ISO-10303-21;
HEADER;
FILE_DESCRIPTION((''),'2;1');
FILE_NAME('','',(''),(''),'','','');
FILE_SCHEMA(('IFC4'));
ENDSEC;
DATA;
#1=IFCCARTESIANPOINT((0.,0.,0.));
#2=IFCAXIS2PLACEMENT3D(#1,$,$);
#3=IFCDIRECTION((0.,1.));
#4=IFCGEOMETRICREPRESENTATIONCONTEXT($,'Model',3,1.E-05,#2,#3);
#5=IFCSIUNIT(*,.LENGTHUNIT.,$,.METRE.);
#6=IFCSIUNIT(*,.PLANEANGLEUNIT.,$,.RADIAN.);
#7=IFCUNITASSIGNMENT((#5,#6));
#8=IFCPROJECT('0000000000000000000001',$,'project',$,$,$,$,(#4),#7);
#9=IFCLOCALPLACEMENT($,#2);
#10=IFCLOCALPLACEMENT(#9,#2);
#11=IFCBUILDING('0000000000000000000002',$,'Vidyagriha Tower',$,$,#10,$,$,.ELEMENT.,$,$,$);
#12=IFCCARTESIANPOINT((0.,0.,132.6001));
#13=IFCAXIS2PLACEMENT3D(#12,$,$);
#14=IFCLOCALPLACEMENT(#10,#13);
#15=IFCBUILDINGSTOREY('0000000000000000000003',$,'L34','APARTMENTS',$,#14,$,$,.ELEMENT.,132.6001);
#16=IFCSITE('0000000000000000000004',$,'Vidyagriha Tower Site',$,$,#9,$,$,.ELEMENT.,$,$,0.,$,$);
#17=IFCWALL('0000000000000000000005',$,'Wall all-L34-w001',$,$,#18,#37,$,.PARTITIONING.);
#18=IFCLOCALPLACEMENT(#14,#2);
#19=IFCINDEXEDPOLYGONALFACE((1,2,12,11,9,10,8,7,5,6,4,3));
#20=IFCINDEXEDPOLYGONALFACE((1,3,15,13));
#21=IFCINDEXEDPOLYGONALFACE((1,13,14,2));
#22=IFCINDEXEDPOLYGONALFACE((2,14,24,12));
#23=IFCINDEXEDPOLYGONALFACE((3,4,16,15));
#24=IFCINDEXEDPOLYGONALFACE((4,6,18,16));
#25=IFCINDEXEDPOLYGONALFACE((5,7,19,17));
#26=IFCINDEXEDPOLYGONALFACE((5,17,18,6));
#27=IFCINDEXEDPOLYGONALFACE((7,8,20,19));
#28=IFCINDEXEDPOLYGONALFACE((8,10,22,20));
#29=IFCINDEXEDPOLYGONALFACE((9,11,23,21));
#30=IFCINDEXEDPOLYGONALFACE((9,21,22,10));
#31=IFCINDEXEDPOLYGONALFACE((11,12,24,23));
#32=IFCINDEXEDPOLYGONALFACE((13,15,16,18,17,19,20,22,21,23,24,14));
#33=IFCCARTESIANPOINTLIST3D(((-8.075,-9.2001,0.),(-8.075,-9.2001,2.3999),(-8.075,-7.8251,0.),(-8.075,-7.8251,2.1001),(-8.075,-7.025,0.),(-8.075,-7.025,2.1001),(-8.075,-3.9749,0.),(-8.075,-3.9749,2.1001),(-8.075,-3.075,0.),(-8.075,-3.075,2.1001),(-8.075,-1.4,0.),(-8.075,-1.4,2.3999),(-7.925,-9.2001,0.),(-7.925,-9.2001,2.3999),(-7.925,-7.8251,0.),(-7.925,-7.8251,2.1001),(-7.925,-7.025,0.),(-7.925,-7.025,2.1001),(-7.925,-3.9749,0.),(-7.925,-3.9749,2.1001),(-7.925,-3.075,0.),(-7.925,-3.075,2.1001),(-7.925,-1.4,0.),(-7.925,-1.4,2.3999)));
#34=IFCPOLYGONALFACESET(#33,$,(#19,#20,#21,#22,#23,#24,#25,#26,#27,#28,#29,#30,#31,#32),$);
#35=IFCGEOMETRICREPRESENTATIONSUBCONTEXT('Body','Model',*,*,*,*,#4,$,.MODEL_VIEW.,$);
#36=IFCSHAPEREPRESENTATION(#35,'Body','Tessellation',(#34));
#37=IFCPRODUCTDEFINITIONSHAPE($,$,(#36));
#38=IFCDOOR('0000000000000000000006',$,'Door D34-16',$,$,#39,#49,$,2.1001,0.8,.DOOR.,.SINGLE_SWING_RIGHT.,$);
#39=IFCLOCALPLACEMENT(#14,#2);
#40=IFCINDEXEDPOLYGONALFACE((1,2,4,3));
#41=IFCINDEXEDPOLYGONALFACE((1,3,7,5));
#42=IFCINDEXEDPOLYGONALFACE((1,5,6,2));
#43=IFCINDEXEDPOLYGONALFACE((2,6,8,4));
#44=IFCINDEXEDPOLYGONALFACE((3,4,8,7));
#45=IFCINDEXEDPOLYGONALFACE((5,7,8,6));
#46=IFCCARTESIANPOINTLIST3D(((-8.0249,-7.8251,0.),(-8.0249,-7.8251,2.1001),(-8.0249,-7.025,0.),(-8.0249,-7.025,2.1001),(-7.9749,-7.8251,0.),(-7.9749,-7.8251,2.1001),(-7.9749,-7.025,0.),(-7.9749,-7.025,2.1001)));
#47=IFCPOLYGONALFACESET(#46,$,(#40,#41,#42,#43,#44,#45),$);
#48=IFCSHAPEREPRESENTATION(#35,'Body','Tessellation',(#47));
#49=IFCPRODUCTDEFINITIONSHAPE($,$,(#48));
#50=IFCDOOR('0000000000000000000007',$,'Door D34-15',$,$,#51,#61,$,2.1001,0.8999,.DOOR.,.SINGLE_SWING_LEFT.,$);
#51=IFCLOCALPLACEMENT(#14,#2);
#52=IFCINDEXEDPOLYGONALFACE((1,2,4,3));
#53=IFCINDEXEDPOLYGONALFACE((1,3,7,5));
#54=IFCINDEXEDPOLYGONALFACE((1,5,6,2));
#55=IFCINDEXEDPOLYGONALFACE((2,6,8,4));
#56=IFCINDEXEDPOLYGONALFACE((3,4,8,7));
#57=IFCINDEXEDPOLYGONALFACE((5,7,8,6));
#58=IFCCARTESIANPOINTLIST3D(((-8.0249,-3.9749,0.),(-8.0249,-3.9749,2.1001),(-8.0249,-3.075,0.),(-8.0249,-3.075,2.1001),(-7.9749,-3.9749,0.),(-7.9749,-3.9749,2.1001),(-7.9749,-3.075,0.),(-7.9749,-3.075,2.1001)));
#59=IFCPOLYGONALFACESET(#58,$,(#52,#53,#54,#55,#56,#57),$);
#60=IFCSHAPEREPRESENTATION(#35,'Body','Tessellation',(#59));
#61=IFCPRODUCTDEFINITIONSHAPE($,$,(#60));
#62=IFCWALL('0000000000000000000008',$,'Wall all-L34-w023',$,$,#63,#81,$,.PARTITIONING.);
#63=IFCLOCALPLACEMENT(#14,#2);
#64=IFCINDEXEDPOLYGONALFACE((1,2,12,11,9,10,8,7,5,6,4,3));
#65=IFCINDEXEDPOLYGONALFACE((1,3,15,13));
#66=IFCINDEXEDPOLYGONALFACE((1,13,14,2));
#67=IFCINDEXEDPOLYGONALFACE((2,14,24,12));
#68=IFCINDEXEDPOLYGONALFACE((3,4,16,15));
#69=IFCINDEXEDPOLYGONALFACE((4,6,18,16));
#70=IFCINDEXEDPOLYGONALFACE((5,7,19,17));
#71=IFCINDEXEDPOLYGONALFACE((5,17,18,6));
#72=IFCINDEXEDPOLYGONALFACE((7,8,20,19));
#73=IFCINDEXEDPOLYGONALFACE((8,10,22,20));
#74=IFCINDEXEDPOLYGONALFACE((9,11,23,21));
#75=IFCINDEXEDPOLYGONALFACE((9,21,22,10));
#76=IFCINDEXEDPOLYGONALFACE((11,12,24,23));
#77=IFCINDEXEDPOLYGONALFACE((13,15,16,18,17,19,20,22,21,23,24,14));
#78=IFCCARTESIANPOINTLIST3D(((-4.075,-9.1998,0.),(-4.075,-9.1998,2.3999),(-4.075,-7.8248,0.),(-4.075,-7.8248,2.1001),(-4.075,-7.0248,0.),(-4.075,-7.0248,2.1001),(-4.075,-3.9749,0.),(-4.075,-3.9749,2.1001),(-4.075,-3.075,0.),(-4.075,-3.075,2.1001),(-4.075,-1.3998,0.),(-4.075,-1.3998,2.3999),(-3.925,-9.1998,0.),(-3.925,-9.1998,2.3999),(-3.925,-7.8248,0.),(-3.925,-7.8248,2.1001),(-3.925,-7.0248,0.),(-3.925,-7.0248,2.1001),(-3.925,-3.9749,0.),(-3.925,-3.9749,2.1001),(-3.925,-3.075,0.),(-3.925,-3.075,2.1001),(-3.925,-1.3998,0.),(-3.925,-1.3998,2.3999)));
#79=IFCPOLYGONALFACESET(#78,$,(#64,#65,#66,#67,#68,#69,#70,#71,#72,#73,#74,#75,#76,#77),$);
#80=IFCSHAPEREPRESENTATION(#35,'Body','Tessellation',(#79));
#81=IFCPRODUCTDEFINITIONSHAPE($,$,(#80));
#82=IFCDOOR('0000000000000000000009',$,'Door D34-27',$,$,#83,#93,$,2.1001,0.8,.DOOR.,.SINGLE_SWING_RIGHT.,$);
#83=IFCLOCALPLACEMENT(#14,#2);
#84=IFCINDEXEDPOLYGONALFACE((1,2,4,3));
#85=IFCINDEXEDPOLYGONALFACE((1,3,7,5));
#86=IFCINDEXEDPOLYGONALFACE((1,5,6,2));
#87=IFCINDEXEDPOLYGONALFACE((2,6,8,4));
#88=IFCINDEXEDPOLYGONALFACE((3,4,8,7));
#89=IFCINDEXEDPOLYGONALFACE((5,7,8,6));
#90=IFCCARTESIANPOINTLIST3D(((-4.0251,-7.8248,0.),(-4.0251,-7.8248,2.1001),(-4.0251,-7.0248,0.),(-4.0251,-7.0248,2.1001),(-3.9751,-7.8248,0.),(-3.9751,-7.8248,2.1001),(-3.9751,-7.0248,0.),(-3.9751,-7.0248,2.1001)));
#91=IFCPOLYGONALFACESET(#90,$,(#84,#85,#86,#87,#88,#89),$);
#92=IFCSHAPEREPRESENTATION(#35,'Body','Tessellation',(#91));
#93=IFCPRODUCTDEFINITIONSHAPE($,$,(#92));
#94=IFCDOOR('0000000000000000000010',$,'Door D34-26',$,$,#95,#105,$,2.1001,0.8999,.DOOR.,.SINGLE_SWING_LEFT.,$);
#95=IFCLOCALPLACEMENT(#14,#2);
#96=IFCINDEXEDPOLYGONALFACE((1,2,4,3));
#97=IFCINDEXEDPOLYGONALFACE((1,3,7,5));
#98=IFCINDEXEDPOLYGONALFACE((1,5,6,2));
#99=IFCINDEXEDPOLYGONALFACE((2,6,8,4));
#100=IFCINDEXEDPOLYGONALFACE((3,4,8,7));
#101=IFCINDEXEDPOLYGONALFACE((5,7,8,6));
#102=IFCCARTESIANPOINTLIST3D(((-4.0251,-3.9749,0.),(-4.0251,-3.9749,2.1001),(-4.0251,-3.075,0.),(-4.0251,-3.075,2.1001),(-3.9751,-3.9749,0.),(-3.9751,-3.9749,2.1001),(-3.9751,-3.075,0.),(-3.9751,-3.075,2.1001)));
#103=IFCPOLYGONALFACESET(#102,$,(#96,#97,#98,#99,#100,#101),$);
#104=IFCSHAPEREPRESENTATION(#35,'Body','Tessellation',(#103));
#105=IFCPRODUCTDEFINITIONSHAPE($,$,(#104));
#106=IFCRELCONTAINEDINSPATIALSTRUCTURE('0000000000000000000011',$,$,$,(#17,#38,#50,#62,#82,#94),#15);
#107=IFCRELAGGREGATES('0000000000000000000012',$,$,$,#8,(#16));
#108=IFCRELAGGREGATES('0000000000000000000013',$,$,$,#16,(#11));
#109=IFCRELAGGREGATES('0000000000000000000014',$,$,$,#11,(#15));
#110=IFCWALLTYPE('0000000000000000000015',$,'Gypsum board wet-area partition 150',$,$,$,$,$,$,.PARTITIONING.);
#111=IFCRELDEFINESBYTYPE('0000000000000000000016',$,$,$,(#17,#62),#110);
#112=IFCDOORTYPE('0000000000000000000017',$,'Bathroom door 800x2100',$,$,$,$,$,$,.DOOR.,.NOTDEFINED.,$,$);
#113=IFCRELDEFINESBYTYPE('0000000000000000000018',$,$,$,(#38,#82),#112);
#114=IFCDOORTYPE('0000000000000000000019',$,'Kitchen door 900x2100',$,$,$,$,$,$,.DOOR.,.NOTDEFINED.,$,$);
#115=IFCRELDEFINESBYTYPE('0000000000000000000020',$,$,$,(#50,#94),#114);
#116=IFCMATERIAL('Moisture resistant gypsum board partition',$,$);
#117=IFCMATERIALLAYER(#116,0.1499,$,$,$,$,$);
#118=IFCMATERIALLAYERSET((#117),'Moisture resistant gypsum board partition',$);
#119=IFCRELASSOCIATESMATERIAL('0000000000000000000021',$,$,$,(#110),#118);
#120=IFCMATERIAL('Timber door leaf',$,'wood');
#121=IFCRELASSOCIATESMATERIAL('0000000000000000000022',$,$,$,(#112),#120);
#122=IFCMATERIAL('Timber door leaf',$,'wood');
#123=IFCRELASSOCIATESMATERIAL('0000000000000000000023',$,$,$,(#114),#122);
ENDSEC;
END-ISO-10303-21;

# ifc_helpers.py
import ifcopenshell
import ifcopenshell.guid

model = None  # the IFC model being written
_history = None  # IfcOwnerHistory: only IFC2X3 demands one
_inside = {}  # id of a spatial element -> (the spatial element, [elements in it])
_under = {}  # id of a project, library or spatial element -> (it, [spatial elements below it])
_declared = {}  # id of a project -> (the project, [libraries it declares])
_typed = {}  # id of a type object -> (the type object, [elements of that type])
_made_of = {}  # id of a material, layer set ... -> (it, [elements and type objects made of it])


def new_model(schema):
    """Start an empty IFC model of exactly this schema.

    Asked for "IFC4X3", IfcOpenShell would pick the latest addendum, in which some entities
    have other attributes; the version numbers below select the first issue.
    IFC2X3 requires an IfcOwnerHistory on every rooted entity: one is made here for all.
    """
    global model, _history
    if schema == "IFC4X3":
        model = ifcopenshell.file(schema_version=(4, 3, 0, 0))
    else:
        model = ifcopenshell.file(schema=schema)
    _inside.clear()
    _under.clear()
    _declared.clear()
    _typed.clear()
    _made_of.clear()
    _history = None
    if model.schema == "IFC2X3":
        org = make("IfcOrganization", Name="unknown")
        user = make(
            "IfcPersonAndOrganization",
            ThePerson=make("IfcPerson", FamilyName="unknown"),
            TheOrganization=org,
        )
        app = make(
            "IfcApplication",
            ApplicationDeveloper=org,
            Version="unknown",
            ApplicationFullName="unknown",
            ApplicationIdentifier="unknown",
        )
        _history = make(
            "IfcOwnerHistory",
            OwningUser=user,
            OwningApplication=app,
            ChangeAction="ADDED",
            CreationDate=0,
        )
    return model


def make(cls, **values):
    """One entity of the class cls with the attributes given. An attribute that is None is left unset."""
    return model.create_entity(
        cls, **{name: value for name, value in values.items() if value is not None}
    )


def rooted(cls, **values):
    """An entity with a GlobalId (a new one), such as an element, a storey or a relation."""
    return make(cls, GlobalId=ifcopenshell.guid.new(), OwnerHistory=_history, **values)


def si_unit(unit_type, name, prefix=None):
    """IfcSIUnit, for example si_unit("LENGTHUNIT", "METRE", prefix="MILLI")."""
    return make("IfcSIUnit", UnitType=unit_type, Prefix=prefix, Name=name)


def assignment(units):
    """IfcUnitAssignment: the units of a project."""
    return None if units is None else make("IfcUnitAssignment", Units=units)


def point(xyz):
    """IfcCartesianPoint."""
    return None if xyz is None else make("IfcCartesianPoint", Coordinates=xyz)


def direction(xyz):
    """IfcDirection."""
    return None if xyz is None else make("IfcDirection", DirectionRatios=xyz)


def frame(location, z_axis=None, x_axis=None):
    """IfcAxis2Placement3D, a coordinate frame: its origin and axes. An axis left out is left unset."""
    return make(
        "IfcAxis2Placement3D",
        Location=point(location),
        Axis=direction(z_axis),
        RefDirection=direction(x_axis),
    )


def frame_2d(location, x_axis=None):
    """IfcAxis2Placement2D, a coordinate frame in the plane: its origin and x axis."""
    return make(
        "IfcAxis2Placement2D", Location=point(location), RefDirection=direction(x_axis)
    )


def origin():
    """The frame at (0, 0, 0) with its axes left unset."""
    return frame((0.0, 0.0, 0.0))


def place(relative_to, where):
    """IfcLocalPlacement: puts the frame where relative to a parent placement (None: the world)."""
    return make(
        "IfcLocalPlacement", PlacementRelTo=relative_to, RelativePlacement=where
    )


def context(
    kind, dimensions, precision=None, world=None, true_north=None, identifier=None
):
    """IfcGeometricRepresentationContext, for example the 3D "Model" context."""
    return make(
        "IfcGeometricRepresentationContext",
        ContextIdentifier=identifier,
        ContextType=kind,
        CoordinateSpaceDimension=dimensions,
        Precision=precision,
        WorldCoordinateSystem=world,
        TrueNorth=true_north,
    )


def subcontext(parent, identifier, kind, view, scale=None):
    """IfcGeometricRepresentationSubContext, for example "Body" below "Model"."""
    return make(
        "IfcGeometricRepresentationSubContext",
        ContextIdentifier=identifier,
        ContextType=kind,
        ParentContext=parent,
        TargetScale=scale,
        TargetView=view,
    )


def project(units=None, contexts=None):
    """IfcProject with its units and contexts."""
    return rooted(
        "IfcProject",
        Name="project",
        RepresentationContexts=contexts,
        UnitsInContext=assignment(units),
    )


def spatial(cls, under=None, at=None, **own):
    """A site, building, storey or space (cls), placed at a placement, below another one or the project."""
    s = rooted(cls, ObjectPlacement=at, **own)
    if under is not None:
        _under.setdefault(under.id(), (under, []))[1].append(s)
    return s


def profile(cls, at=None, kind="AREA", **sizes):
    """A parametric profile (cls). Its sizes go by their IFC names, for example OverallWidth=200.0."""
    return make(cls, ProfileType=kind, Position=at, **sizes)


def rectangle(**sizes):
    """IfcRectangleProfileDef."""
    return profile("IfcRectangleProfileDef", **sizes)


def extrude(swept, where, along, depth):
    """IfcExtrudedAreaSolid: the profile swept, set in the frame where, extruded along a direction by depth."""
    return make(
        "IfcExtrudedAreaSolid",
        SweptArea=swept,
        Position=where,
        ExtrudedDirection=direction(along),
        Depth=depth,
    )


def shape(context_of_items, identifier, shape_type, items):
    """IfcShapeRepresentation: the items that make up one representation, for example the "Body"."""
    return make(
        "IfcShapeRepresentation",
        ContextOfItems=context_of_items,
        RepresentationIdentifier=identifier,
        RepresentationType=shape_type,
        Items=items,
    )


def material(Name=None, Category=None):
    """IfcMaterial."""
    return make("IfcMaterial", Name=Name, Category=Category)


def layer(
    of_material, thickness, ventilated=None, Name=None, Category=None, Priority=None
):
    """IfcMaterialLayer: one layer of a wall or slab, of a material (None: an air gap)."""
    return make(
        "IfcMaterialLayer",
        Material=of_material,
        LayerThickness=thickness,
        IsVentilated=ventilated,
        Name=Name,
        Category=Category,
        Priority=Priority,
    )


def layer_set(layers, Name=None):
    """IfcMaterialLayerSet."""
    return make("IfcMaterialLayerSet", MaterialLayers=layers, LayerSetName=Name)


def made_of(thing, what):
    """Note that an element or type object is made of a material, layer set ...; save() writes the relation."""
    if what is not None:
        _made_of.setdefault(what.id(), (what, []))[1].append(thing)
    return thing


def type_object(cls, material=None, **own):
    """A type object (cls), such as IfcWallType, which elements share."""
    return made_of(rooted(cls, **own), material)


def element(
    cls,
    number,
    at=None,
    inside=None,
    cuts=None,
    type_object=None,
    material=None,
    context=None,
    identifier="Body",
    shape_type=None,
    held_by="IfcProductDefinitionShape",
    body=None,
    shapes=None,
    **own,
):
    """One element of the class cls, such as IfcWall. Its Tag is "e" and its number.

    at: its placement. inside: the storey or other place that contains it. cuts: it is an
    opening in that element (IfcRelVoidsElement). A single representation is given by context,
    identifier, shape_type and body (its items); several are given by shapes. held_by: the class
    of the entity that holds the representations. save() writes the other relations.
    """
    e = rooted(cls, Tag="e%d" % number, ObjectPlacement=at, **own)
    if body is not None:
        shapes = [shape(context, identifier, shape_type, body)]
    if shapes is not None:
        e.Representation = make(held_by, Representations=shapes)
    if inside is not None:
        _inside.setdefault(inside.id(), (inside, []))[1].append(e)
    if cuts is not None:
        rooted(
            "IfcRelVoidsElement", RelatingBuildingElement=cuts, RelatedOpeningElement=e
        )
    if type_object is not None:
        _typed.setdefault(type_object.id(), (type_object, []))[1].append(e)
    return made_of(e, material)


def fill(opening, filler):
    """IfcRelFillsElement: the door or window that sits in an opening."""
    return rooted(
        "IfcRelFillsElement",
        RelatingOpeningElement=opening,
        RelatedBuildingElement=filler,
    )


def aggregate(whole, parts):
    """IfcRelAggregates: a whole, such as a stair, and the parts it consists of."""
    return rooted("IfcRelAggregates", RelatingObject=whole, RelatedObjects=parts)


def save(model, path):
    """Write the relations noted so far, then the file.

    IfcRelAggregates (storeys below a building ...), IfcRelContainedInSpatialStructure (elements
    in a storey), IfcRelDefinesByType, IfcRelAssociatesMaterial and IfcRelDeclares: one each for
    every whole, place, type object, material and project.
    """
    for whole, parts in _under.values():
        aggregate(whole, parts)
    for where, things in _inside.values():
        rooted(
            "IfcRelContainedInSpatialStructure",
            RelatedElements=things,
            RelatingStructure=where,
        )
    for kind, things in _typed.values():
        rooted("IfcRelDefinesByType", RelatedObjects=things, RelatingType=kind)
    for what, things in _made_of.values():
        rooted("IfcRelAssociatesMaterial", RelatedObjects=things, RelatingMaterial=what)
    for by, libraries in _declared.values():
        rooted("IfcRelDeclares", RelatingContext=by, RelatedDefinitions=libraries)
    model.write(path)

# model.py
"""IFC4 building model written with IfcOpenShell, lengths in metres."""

from ifc_helpers import new_model, si_unit, direction, frame, frame_2d, origin, place, context, subcontext, project, spatial, rectangle, extrude, material, layer, layer_set, type_object, element, fill, save


model = new_model("IFC4")

# Units and contexts
model_context = context("Model", 3, precision=1e-05, world=origin(), true_north=direction((0.0, 1.0)))
body_context = subcontext(model_context, "Body", "Model", "MODEL_VIEW")
ifc_project = project(units=[si_unit("LENGTHUNIT", "METRE"), si_unit("PLANEANGLEUNIT", "RADIAN")], contexts=[model_context])

# Site, building, storey
site_placement = place(None, origin())
site = spatial("IfcSite", under=ifc_project, at=site_placement, Name="Vidyagriha Tower Site", CompositionType="ELEMENT", RefElevation=0.0)
building_placement = place(site_placement, origin())
building = spatial("IfcBuilding", under=site, at=building_placement, Name="Vidyagriha Tower", CompositionType="ELEMENT")
storey_placement = place(building_placement, frame((0.0, 0.0, 132.6001)))
storey = spatial("IfcBuildingStorey", under=building, at=storey_placement, Name="L34", Description="APARTMENTS", CompositionType="ELEMENT", Elevation=132.6001)

# Walls, openings, doors
ifc_material_1 = material(Name="Moisture resistant gypsum board partition")
ifc_layer_1 = layer(ifc_material_1, 0.1499)
ifc_layer_set_1 = layer_set([ifc_layer_1], Name="Moisture resistant gypsum board partition")
wall_type_1 = type_object("IfcWallType", Name="Gypsum board wet-area partition 150", PredefinedType="PARTITIONING", material=ifc_layer_set_1)
wall_1_placement = place(storey_placement, frame((-8.0, -9.2, 0.0), z_axis=(0.0, 0.0, 1.0), x_axis=(0.0, 1.0, 0.0)))
wall_1 = element("IfcWall", 1, at=wall_1_placement, inside=storey, type_object=wall_type_1, Name="Wall all-L34-w001", PredefinedType="PARTITIONING", context=body_context, shape_type="SweptSolid", body=[
    extrude(rectangle(XDim=7.8, YDim=0.1499, at=frame_2d((3.8999, 0.0))), origin(), (0.0, 0.0, 1.0), 2.3999),
])
opening_1_placement = place(wall_1_placement, frame((5.2251, 0.0, 0.0)))
opening_1 = element("IfcOpeningElement", 2, at=opening_1_placement, cuts=wall_1, PredefinedType="OPENING", context=body_context, shape_type="SweptSolid", body=[
    extrude(rectangle(XDim=0.8999, YDim=2.1001, at=frame_2d((0.45, 1.05))), frame((0.0, 0.085, 0.0), z_axis=(0.0, -1.0, 0.0), x_axis=(1.0, 0.0, 0.0)), (0.0, 0.0, 1.0), 0.1699),
])
opening_2_placement = place(wall_1_placement, frame((1.375, 0.0, 0.0)))
opening_2 = element("IfcOpeningElement", 3, at=opening_2_placement, cuts=wall_1, PredefinedType="OPENING", context=body_context, shape_type="SweptSolid", body=[
    extrude(rectangle(XDim=0.8, YDim=2.1001, at=frame_2d((0.3999, 1.05))), frame((0.0, 0.085, 0.0), z_axis=(0.0, -1.0, 0.0), x_axis=(1.0, 0.0, 0.0)), (0.0, 0.0, 1.0), 0.1699),
])
ifc_material_2 = material(Name="Timber door leaf", Category="wood")
door_type_1 = type_object("IfcDoorType", Name="Bathroom door 800x2100", OperationType="NOTDEFINED", PredefinedType="DOOR", material=ifc_material_2)
door_1_placement = place(opening_2_placement, origin())
door_1 = element("IfcDoor", 4, at=door_1_placement, inside=storey, type_object=door_type_1, Name="Door D34-16", OperationType="SINGLE_SWING_RIGHT", OverallHeight=2.1001, OverallWidth=0.8, PredefinedType="DOOR", context=body_context, shape_type="SweptSolid", body=[
    extrude(rectangle(XDim=0.8, YDim=2.1001, at=frame_2d((0.3999, 1.05))), frame((0.0, 0.0249, 0.0), z_axis=(0.0, -1.0, 0.0), x_axis=(1.0, 0.0, 0.0)), (0.0, 0.0, 1.0), 0.05),
])
fill(opening_2, door_1)
ifc_material_3 = material(Name="Timber door leaf", Category="wood")
door_type_2 = type_object("IfcDoorType", Name="Kitchen door 900x2100", OperationType="NOTDEFINED", PredefinedType="DOOR", material=ifc_material_3)
door_2_placement = place(opening_1_placement, origin())
door_2 = element("IfcDoor", 5, at=door_2_placement, inside=storey, type_object=door_type_2, Name="Door D34-15", OperationType="SINGLE_SWING_LEFT", OverallHeight=2.1001, OverallWidth=0.8999, PredefinedType="DOOR", context=body_context, shape_type="SweptSolid", body=[
    extrude(rectangle(XDim=0.8999, YDim=2.1001, at=frame_2d((0.45, 1.05))), frame((0.0, 0.0249, 0.0), z_axis=(0.0, -1.0, 0.0), x_axis=(1.0, 0.0, 0.0)), (0.0, 0.0, 1.0), 0.05),
])
fill(opening_1, door_2)
wall_2_placement = place(storey_placement, frame((-4.0, -1.3999, 0.0), z_axis=(0.0, 0.0, 1.0), x_axis=(0.0, -1.0, 0.0)))
wall_2 = element("IfcWall", 6, at=wall_2_placement, inside=storey, type_object=wall_type_1, Name="Wall all-L34-w023", PredefinedType="PARTITIONING", context=body_context, shape_type="SweptSolid", body=[
    extrude(rectangle(XDim=7.8, YDim=0.1499, at=frame_2d((3.8999, 0.0))), origin(), (0.0, 0.0, 1.0), 2.3999),
])
opening_3_placement = place(wall_2_placement, frame((1.675, 0.0, 0.0)))
opening_3 = element("IfcOpeningElement", 7, at=opening_3_placement, cuts=wall_2, PredefinedType="OPENING", context=body_context, shape_type="SweptSolid", body=[
    extrude(rectangle(XDim=0.8999, YDim=2.1001, at=frame_2d((0.45, 1.05))), frame((0.0, 0.085, 0.0), z_axis=(0.0, -1.0, 0.0), x_axis=(1.0, 0.0, 0.0)), (0.0, 0.0, 1.0), 0.1699),
])
opening_4_placement = place(wall_2_placement, frame((5.625, 0.0, 0.0)))
opening_4 = element("IfcOpeningElement", 8, at=opening_4_placement, cuts=wall_2, PredefinedType="OPENING", context=body_context, shape_type="SweptSolid", body=[
    extrude(rectangle(XDim=0.8, YDim=2.1001, at=frame_2d((0.3999, 1.05))), frame((0.0, 0.085, 0.0), z_axis=(0.0, -1.0, 0.0), x_axis=(1.0, 0.0, 0.0)), (0.0, 0.0, 1.0), 0.1699),
])
door_3_placement = place(opening_4_placement, origin())
door_3 = element("IfcDoor", 9, at=door_3_placement, inside=storey, type_object=door_type_1, Name="Door D34-27", OperationType="SINGLE_SWING_RIGHT", OverallHeight=2.1001, OverallWidth=0.8, PredefinedType="DOOR", context=body_context, shape_type="SweptSolid", body=[
    extrude(rectangle(XDim=0.8, YDim=2.1001, at=frame_2d((0.3999, 1.05))), frame((0.0, 0.0249, 0.0), z_axis=(0.0, -1.0, 0.0), x_axis=(1.0, 0.0, 0.0)), (0.0, 0.0, 1.0), 0.05),
])
fill(opening_4, door_3)
door_4_placement = place(opening_3_placement, origin())
door_4 = element("IfcDoor", 10, at=door_4_placement, inside=storey, type_object=door_type_2, Name="Door D34-26", OperationType="SINGLE_SWING_LEFT", OverallHeight=2.1001, OverallWidth=0.8999, PredefinedType="DOOR", context=body_context, shape_type="SweptSolid", body=[
    extrude(rectangle(XDim=0.8999, YDim=2.1001, at=frame_2d((0.45, 1.05))), frame((0.0, 0.0249, 0.0), z_axis=(0.0, -1.0, 0.0), x_axis=(1.0, 0.0, 0.0)), (0.0, 0.0, 1.0), 0.05),
])
fill(opening_3, door_4)

save(model, "model.ifc")
